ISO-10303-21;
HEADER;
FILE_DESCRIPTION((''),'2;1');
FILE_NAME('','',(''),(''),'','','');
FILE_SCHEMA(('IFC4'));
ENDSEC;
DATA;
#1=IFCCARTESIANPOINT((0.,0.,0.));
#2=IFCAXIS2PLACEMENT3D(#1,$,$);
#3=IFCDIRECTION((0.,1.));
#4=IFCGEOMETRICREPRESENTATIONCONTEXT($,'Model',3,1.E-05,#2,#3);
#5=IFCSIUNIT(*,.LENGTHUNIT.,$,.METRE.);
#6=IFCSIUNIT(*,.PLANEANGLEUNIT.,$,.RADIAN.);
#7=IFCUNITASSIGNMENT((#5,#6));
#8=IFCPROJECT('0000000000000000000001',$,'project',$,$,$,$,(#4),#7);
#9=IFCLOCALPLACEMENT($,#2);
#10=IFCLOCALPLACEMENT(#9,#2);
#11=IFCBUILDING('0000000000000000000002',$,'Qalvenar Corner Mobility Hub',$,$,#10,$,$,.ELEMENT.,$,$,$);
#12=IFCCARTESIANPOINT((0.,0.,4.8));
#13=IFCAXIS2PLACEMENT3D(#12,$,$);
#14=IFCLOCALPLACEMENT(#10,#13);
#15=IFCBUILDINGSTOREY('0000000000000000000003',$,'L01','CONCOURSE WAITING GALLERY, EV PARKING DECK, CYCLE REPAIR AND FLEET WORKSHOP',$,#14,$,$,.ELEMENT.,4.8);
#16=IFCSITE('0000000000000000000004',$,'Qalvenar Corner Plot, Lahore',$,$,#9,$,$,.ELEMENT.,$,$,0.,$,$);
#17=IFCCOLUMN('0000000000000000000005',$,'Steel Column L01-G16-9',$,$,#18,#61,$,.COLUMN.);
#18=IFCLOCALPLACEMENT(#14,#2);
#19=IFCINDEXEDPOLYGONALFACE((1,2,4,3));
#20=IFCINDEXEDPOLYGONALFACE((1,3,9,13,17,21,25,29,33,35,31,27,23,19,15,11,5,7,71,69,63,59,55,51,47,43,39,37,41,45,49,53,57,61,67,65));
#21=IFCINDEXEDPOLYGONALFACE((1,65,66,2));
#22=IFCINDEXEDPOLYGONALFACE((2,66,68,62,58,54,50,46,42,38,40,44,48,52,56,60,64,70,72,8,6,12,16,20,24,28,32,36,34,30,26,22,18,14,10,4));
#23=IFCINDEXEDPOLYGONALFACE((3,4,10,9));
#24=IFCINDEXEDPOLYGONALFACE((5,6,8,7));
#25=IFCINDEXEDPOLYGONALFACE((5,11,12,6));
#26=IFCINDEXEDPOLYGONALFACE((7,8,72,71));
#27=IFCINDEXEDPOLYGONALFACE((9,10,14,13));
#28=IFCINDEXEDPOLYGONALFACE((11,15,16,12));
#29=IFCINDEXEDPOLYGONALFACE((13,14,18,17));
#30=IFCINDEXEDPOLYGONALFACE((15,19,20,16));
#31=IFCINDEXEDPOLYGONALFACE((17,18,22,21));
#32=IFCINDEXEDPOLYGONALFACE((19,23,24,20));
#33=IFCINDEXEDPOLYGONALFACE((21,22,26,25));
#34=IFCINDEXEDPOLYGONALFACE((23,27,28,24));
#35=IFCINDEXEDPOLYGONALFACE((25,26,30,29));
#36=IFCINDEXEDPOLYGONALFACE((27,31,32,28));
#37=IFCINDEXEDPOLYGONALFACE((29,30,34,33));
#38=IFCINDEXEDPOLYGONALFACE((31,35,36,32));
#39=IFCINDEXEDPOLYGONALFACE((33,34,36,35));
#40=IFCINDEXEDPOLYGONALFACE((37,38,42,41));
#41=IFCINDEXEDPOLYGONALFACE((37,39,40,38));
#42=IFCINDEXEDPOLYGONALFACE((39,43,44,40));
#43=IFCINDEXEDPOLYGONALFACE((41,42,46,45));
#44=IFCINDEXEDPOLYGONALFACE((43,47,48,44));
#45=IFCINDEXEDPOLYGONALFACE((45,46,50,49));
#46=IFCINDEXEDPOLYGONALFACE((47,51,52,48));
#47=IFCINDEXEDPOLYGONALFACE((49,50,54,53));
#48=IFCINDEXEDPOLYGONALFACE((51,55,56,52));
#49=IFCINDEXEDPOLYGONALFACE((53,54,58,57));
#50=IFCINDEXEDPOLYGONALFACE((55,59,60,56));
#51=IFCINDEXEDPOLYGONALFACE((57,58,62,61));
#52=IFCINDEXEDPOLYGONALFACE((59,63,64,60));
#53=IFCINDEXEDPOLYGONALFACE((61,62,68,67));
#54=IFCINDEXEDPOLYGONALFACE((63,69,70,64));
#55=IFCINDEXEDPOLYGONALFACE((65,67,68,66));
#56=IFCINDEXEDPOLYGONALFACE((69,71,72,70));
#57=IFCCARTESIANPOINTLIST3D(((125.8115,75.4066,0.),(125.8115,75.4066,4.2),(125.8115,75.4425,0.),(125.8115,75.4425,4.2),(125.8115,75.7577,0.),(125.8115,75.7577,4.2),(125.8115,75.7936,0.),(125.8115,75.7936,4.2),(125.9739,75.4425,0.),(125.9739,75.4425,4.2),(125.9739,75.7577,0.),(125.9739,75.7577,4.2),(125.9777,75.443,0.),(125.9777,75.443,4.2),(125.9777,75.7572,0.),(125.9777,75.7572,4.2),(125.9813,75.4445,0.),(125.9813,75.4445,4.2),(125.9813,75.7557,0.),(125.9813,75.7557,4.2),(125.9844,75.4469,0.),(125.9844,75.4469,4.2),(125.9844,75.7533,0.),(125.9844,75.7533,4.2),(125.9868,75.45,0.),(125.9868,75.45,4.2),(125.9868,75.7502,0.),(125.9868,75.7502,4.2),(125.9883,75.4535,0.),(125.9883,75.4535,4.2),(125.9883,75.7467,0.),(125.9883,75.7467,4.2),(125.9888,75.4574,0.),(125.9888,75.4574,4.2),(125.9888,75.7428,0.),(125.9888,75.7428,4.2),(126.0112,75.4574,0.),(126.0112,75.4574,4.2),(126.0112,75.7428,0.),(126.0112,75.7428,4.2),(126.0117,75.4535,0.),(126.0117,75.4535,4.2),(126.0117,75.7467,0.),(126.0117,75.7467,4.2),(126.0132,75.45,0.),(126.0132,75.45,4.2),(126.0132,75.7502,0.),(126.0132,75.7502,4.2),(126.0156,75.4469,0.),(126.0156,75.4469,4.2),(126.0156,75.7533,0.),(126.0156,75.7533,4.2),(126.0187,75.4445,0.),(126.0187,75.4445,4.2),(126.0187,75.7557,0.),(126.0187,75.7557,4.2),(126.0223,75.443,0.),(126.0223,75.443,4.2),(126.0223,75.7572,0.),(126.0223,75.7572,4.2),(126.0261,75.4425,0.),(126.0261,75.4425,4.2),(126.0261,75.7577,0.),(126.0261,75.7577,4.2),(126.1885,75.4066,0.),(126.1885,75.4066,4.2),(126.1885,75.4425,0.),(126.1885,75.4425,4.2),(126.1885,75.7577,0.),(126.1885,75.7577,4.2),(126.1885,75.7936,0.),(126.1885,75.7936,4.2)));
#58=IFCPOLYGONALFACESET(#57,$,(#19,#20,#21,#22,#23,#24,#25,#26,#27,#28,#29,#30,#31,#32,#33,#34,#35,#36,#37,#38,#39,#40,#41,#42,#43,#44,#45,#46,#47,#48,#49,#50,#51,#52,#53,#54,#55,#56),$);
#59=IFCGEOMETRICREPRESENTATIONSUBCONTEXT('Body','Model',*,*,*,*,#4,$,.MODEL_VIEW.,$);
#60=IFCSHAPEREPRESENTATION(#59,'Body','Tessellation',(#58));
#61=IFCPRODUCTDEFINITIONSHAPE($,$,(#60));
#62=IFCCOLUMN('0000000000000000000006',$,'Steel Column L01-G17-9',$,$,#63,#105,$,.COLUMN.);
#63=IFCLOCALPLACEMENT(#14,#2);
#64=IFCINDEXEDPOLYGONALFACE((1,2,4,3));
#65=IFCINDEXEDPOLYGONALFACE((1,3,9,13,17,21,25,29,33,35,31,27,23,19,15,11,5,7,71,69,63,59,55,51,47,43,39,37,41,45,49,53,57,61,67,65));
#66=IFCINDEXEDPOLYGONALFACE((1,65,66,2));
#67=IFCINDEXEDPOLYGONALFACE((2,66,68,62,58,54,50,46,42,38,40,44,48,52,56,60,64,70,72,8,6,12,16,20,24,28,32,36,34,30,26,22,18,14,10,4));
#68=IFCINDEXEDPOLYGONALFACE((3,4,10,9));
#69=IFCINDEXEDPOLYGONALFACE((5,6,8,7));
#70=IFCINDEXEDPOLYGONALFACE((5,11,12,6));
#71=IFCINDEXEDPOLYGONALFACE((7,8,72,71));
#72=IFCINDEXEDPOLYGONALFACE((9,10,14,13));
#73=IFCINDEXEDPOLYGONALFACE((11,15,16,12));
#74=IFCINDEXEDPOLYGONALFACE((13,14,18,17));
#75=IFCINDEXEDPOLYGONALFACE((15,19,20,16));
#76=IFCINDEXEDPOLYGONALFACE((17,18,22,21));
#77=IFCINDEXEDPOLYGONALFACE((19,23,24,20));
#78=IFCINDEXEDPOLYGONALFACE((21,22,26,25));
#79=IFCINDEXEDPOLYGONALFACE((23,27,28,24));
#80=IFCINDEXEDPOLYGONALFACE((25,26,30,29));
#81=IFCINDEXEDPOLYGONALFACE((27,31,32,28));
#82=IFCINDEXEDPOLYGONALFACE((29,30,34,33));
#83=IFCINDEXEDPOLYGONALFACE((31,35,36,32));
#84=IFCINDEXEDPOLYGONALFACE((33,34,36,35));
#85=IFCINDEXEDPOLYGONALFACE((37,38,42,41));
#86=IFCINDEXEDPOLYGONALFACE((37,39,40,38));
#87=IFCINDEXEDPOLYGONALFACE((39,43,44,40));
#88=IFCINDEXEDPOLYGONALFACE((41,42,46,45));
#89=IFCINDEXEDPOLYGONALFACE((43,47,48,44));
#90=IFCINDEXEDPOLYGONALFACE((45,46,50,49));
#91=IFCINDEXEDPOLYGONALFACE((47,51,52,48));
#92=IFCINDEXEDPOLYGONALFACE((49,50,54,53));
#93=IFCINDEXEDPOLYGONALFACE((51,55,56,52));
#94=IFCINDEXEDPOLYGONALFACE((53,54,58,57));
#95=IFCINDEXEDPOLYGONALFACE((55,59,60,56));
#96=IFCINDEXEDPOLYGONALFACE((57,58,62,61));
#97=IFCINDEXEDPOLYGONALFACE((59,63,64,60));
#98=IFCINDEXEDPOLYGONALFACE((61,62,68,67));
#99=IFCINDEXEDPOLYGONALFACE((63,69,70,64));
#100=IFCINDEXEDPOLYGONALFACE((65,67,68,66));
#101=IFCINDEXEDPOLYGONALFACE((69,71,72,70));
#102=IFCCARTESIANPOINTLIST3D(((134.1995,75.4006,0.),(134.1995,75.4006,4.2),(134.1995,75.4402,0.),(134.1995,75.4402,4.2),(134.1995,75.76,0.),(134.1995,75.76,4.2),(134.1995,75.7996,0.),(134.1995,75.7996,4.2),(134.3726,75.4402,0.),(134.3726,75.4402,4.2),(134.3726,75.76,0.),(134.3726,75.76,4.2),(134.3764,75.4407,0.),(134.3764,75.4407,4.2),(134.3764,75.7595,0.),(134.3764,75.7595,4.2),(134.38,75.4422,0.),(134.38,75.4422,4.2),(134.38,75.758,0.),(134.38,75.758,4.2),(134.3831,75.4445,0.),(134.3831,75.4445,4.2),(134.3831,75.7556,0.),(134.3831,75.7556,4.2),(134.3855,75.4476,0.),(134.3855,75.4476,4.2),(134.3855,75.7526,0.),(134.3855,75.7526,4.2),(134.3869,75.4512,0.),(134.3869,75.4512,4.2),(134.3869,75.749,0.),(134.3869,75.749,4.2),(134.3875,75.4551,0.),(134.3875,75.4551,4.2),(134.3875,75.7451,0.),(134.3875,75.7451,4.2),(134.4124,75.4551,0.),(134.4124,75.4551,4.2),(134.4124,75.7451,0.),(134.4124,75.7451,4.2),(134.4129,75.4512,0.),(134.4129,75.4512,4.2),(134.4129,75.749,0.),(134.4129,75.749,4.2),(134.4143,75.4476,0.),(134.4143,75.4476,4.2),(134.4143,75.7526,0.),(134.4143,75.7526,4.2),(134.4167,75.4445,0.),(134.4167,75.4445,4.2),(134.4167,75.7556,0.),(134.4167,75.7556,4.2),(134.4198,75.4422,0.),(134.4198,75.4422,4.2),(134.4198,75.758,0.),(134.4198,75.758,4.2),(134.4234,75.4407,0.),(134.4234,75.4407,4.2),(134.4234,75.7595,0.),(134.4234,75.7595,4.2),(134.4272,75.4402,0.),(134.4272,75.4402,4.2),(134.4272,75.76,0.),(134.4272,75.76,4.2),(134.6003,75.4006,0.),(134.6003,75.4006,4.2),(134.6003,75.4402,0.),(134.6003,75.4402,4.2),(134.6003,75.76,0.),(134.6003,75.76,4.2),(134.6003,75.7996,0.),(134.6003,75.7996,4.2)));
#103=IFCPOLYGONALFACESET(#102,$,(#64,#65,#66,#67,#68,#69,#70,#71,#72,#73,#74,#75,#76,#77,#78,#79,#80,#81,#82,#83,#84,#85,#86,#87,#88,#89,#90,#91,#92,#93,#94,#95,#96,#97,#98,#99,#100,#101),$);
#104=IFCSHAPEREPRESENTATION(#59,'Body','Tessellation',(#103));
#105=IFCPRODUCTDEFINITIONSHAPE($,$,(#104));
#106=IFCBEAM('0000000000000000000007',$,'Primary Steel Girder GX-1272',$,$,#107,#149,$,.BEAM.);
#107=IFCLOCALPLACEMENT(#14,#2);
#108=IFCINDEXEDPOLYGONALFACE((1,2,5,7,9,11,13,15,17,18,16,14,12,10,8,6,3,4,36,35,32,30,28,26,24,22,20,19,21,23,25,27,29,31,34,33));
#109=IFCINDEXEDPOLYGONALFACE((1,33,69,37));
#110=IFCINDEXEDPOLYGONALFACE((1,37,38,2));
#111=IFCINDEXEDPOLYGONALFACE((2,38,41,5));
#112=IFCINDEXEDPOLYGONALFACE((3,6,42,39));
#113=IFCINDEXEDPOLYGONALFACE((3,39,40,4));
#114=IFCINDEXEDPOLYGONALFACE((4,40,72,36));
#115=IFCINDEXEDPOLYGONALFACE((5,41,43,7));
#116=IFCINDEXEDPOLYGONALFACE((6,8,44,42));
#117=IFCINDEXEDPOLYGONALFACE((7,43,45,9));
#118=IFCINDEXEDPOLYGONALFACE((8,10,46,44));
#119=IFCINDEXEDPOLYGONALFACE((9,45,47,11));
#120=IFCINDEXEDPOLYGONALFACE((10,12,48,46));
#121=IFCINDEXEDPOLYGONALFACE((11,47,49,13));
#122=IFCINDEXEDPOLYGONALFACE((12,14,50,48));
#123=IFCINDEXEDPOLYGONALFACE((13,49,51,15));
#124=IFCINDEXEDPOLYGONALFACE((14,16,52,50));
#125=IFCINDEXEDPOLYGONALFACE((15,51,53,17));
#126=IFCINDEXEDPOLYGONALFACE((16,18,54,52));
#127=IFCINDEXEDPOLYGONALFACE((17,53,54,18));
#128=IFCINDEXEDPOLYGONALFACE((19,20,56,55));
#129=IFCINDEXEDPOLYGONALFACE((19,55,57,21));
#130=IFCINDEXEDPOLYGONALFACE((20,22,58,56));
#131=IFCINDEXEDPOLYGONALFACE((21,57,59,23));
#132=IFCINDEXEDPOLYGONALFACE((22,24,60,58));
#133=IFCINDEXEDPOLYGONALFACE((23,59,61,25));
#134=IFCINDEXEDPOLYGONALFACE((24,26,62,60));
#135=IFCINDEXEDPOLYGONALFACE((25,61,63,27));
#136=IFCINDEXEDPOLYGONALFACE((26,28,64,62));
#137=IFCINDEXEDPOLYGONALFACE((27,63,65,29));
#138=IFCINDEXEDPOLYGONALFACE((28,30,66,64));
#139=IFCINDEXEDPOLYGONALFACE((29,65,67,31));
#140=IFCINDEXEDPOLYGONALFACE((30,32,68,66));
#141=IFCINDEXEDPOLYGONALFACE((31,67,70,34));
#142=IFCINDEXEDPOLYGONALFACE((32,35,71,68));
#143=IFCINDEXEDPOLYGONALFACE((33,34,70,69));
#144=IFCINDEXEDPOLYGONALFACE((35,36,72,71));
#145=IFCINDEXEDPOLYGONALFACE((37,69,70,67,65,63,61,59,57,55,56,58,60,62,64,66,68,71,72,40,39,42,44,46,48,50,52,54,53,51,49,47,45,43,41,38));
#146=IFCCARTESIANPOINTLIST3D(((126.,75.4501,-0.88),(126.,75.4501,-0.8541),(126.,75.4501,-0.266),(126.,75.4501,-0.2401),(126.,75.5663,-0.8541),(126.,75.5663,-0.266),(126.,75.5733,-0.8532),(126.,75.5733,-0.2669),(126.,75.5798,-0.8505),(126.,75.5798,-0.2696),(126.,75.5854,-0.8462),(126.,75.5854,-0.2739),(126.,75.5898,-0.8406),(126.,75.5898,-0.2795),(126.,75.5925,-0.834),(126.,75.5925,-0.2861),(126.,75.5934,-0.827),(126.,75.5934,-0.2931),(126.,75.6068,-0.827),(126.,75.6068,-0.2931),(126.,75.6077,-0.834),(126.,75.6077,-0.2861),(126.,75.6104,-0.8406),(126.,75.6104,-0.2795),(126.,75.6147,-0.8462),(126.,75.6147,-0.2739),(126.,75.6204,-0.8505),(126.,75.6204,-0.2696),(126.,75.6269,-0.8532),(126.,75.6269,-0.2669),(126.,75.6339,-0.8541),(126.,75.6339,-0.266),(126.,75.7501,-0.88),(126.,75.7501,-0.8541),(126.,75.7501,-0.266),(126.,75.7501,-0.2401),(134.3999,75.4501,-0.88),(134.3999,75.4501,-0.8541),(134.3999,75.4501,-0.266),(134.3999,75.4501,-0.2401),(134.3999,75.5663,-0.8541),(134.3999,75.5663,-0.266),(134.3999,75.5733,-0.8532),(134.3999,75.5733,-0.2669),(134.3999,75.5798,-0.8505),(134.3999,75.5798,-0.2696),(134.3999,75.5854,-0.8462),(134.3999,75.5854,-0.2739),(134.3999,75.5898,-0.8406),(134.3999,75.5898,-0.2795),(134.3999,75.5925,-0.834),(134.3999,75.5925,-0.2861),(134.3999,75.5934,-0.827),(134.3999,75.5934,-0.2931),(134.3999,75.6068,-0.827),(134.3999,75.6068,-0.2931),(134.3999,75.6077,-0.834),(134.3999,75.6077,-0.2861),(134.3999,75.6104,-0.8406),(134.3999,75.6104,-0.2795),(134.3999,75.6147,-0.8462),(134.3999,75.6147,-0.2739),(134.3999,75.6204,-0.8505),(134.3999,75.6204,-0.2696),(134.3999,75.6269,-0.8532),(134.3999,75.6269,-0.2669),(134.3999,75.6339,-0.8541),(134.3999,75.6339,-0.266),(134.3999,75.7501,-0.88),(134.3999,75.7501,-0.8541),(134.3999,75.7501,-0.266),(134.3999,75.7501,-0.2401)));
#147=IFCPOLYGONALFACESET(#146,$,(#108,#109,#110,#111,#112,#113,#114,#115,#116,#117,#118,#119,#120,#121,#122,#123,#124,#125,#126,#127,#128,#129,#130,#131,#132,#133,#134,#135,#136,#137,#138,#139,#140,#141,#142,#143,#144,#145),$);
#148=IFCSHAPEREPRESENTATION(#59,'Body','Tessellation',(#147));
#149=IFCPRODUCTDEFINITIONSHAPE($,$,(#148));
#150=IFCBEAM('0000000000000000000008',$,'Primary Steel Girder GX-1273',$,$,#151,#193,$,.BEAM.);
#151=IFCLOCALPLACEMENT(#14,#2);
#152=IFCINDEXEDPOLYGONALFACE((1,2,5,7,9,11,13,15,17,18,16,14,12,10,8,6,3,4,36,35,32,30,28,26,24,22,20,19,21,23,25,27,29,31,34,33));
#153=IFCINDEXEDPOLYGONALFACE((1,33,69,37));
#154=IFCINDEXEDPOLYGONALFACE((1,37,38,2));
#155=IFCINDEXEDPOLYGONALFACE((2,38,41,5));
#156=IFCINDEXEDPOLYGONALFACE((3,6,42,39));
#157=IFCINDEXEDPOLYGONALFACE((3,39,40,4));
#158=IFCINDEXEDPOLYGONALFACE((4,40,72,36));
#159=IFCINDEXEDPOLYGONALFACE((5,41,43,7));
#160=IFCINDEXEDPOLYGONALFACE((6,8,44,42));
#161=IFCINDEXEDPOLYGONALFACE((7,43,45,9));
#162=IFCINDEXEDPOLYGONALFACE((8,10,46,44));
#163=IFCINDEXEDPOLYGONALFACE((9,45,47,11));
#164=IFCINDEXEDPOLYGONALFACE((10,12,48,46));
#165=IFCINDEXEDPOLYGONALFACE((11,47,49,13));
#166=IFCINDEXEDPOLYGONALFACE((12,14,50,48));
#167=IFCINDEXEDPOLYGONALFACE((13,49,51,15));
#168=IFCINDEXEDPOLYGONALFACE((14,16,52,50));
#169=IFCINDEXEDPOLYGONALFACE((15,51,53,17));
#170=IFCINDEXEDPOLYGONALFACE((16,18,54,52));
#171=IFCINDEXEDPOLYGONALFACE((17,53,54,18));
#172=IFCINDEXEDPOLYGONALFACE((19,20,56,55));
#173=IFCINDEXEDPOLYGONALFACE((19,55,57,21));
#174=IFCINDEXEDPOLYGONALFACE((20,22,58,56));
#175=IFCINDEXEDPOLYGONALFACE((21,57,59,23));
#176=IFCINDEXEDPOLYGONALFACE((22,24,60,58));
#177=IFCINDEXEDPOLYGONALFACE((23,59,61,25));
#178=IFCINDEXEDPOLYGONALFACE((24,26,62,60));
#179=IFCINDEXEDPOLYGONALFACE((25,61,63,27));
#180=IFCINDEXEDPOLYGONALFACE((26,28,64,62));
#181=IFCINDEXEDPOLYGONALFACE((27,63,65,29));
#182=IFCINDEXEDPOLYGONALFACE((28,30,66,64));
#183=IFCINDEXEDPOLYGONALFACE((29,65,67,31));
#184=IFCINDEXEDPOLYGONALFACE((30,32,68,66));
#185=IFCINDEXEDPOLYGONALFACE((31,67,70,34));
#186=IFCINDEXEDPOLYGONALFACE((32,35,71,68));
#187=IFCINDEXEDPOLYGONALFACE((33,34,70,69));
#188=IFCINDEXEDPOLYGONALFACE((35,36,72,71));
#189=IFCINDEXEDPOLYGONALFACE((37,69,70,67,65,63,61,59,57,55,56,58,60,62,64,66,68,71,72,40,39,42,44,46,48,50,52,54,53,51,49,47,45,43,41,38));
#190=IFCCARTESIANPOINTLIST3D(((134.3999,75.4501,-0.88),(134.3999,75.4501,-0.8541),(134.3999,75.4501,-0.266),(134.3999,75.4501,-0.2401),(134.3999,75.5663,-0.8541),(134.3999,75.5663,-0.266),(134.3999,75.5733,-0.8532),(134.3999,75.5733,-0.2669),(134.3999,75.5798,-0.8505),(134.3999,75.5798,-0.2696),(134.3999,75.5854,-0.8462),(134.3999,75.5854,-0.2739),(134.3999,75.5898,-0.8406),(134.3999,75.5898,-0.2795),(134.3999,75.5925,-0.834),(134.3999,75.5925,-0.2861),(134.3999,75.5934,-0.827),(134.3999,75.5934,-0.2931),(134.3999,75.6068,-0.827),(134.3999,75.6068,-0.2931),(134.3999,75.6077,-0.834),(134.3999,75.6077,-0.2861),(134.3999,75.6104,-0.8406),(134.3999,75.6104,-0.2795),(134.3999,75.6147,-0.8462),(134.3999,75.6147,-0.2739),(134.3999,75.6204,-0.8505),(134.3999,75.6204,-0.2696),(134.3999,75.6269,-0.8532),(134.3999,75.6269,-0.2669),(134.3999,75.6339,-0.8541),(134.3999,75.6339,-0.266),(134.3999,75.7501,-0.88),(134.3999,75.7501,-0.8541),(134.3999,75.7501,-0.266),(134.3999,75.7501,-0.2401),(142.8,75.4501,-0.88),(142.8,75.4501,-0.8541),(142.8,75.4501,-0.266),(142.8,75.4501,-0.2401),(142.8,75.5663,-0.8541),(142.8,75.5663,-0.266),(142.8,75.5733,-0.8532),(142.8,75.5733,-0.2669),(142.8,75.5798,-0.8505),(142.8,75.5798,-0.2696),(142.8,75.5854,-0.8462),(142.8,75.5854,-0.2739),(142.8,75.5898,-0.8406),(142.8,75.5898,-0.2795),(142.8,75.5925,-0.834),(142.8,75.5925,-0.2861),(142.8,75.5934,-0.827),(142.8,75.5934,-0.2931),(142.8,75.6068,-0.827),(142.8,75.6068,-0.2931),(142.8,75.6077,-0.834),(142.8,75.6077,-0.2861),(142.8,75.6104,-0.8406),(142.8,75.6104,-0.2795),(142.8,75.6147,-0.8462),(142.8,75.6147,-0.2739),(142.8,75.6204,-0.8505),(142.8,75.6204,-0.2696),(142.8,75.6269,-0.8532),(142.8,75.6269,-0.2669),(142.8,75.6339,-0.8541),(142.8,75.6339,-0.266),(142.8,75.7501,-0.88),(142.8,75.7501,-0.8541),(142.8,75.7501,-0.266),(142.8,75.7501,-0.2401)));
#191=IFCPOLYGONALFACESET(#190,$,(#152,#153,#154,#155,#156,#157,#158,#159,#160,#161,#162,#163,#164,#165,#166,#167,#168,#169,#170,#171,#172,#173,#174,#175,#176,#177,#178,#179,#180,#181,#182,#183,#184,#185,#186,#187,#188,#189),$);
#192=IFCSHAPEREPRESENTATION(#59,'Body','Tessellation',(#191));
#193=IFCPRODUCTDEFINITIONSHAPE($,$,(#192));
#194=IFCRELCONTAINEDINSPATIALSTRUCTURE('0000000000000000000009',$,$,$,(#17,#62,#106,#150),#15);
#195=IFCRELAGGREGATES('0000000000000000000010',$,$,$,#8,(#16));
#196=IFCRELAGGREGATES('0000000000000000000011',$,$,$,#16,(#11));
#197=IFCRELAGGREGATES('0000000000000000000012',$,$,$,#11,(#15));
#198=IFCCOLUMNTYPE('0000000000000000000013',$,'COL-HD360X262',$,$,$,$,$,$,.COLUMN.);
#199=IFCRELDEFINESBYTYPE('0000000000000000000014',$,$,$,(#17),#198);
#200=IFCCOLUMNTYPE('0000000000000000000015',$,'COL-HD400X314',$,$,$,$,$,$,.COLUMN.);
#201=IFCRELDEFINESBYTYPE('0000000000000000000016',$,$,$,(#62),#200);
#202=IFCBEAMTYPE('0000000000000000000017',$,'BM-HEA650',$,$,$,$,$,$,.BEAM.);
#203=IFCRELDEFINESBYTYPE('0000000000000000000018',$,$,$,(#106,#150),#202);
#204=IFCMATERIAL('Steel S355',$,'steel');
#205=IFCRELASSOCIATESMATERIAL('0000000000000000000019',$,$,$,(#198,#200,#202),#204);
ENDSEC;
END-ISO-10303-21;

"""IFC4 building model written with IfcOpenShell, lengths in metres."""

from ifc_helpers import new_model, si_unit, direction, frame, origin, origin_2d, place, context, subcontext, project, spatial, i_section, extrude, material, material_profile, profile_set, type_object, element, save


model = new_model("IFC4")

# Units and contexts
model_context = context("Model", 3, precision=1e-05, world=origin(), true_north=direction((0.0, 1.0)))
body_context = subcontext(model_context, "Body", "Model", "MODEL_VIEW")
ifc_project = project(units=[si_unit("LENGTHUNIT", "METRE"), si_unit("PLANEANGLEUNIT", "RADIAN")], contexts=[model_context])

# Site, building, storey
site_placement = place(None, origin())
site = spatial("IfcSite", under=ifc_project, at=site_placement, Name="Qalvenar Corner Plot, Lahore", CompositionType="ELEMENT", RefElevation=0.0)
building_placement = place(site_placement, origin())
building = spatial("IfcBuilding", under=site, at=building_placement, Name="Qalvenar Corner Mobility Hub", CompositionType="ELEMENT")
storey_placement = place(building_placement, frame((0.0, 0.0, 4.8)))
storey = spatial("IfcBuildingStorey", under=building, at=storey_placement, Name="L01", Description="CONCOURSE WAITING GALLERY, EV PARKING DECK, CYCLE REPAIR AND FLEET WORKSHOP", CompositionType="ELEMENT", Elevation=4.8)

# Columns
ifc_material_1 = material(Name="Steel S355", Category="steel")
ifc_material_profile_1 = material_profile(ifc_material_1, i_section(OverallWidth=0.377, OverallDepth=0.387, WebThickness=0.0225, FlangeThickness=0.0359, FilletRadius=0.0149, at=origin_2d()), Name="HD360x262")
ifc_profile_set_1 = profile_set([ifc_material_profile_1], Name="Steel S355")
column_type_1 = type_object("IfcColumnType", Name="COL-HD360X262", PredefinedType="COLUMN", material=ifc_profile_set_1)
column_1_placement = place(storey_placement, frame((126.0, 75.6001, 0.0), z_axis=(0.0, 0.0, 1.0), x_axis=(1.0, 0.0, 0.0)))
element("IfcColumn", 1, at=column_1_placement, inside=storey, type_object=column_type_1, Name="Steel Column L01-G16-9", PredefinedType="COLUMN", context=body_context, shape_type="SweptSolid", body=[
    extrude(i_section(OverallWidth=0.377, OverallDepth=0.387, WebThickness=0.0225, FlangeThickness=0.0359, FilletRadius=0.0149, at=origin_2d()), origin(), (0.0, 0.0, 1.0), 4.2),
])
ifc_material_profile_2 = material_profile(ifc_material_1, i_section(OverallWidth=0.4009, OverallDepth=0.3989, WebThickness=0.0249, FlangeThickness=0.0396, FilletRadius=0.0149, at=origin_2d()), Name="HD400x314")
ifc_profile_set_2 = profile_set([ifc_material_profile_2], Name="Steel S355")
column_type_2 = type_object("IfcColumnType", Name="COL-HD400X314", PredefinedType="COLUMN", material=ifc_profile_set_2)
column_2_placement = place(storey_placement, frame((134.3999, 75.6001, 0.0), z_axis=(0.0, 0.0, 1.0), x_axis=(1.0, 0.0, 0.0)))
element("IfcColumn", 2, at=column_2_placement, inside=storey, type_object=column_type_2, Name="Steel Column L01-G17-9", PredefinedType="COLUMN", context=body_context, shape_type="SweptSolid", body=[
    extrude(i_section(OverallWidth=0.4009, OverallDepth=0.3989, WebThickness=0.0249, FlangeThickness=0.0396, FilletRadius=0.0149, at=origin_2d()), origin(), (0.0, 0.0, 1.0), 4.2),
])

# Beams
ifc_material_profile_3 = material_profile(ifc_material_1, i_section(OverallWidth=0.3, OverallDepth=0.6399, WebThickness=0.0134, FlangeThickness=0.0259, FilletRadius=0.0271, at=origin_2d()), Name="HEA650")
ifc_profile_set_3 = profile_set([ifc_material_profile_3], Name="Steel S355")
beam_type_1 = type_object("IfcBeamType", Name="BM-HEA650", PredefinedType="BEAM", material=ifc_profile_set_3)
beam_1_placement = place(storey_placement, frame((126.0, 75.6001, -0.5601), z_axis=(1.0, 0.0, 0.0), x_axis=(0.0, 1.0, 0.0)))
element("IfcBeam", 3, at=beam_1_placement, inside=storey, type_object=beam_type_1, Name="Primary Steel Girder GX-1272", PredefinedType="BEAM", context=body_context, shape_type="SweptSolid", body=[
    extrude(i_section(OverallWidth=0.3, OverallDepth=0.6399, WebThickness=0.0134, FlangeThickness=0.0259, FilletRadius=0.0271, at=origin_2d()), origin(), (0.0, 0.0, 1.0), 8.3999),
])
beam_2_placement = place(storey_placement, frame((134.3999, 75.6001, -0.5601), z_axis=(1.0, 0.0, 0.0), x_axis=(0.0, 1.0, 0.0)))
element("IfcBeam", 4, at=beam_2_placement, inside=storey, type_object=beam_type_1, Name="Primary Steel Girder GX-1273", PredefinedType="BEAM", context=body_context, shape_type="SweptSolid", body=[
    extrude(i_section(OverallWidth=0.3, OverallDepth=0.6399, WebThickness=0.0134, FlangeThickness=0.0259, FilletRadius=0.0271, at=origin_2d()), origin(), (0.0, 0.0, 1.0), 8.4001),
])

save(model, "model.ifc")
